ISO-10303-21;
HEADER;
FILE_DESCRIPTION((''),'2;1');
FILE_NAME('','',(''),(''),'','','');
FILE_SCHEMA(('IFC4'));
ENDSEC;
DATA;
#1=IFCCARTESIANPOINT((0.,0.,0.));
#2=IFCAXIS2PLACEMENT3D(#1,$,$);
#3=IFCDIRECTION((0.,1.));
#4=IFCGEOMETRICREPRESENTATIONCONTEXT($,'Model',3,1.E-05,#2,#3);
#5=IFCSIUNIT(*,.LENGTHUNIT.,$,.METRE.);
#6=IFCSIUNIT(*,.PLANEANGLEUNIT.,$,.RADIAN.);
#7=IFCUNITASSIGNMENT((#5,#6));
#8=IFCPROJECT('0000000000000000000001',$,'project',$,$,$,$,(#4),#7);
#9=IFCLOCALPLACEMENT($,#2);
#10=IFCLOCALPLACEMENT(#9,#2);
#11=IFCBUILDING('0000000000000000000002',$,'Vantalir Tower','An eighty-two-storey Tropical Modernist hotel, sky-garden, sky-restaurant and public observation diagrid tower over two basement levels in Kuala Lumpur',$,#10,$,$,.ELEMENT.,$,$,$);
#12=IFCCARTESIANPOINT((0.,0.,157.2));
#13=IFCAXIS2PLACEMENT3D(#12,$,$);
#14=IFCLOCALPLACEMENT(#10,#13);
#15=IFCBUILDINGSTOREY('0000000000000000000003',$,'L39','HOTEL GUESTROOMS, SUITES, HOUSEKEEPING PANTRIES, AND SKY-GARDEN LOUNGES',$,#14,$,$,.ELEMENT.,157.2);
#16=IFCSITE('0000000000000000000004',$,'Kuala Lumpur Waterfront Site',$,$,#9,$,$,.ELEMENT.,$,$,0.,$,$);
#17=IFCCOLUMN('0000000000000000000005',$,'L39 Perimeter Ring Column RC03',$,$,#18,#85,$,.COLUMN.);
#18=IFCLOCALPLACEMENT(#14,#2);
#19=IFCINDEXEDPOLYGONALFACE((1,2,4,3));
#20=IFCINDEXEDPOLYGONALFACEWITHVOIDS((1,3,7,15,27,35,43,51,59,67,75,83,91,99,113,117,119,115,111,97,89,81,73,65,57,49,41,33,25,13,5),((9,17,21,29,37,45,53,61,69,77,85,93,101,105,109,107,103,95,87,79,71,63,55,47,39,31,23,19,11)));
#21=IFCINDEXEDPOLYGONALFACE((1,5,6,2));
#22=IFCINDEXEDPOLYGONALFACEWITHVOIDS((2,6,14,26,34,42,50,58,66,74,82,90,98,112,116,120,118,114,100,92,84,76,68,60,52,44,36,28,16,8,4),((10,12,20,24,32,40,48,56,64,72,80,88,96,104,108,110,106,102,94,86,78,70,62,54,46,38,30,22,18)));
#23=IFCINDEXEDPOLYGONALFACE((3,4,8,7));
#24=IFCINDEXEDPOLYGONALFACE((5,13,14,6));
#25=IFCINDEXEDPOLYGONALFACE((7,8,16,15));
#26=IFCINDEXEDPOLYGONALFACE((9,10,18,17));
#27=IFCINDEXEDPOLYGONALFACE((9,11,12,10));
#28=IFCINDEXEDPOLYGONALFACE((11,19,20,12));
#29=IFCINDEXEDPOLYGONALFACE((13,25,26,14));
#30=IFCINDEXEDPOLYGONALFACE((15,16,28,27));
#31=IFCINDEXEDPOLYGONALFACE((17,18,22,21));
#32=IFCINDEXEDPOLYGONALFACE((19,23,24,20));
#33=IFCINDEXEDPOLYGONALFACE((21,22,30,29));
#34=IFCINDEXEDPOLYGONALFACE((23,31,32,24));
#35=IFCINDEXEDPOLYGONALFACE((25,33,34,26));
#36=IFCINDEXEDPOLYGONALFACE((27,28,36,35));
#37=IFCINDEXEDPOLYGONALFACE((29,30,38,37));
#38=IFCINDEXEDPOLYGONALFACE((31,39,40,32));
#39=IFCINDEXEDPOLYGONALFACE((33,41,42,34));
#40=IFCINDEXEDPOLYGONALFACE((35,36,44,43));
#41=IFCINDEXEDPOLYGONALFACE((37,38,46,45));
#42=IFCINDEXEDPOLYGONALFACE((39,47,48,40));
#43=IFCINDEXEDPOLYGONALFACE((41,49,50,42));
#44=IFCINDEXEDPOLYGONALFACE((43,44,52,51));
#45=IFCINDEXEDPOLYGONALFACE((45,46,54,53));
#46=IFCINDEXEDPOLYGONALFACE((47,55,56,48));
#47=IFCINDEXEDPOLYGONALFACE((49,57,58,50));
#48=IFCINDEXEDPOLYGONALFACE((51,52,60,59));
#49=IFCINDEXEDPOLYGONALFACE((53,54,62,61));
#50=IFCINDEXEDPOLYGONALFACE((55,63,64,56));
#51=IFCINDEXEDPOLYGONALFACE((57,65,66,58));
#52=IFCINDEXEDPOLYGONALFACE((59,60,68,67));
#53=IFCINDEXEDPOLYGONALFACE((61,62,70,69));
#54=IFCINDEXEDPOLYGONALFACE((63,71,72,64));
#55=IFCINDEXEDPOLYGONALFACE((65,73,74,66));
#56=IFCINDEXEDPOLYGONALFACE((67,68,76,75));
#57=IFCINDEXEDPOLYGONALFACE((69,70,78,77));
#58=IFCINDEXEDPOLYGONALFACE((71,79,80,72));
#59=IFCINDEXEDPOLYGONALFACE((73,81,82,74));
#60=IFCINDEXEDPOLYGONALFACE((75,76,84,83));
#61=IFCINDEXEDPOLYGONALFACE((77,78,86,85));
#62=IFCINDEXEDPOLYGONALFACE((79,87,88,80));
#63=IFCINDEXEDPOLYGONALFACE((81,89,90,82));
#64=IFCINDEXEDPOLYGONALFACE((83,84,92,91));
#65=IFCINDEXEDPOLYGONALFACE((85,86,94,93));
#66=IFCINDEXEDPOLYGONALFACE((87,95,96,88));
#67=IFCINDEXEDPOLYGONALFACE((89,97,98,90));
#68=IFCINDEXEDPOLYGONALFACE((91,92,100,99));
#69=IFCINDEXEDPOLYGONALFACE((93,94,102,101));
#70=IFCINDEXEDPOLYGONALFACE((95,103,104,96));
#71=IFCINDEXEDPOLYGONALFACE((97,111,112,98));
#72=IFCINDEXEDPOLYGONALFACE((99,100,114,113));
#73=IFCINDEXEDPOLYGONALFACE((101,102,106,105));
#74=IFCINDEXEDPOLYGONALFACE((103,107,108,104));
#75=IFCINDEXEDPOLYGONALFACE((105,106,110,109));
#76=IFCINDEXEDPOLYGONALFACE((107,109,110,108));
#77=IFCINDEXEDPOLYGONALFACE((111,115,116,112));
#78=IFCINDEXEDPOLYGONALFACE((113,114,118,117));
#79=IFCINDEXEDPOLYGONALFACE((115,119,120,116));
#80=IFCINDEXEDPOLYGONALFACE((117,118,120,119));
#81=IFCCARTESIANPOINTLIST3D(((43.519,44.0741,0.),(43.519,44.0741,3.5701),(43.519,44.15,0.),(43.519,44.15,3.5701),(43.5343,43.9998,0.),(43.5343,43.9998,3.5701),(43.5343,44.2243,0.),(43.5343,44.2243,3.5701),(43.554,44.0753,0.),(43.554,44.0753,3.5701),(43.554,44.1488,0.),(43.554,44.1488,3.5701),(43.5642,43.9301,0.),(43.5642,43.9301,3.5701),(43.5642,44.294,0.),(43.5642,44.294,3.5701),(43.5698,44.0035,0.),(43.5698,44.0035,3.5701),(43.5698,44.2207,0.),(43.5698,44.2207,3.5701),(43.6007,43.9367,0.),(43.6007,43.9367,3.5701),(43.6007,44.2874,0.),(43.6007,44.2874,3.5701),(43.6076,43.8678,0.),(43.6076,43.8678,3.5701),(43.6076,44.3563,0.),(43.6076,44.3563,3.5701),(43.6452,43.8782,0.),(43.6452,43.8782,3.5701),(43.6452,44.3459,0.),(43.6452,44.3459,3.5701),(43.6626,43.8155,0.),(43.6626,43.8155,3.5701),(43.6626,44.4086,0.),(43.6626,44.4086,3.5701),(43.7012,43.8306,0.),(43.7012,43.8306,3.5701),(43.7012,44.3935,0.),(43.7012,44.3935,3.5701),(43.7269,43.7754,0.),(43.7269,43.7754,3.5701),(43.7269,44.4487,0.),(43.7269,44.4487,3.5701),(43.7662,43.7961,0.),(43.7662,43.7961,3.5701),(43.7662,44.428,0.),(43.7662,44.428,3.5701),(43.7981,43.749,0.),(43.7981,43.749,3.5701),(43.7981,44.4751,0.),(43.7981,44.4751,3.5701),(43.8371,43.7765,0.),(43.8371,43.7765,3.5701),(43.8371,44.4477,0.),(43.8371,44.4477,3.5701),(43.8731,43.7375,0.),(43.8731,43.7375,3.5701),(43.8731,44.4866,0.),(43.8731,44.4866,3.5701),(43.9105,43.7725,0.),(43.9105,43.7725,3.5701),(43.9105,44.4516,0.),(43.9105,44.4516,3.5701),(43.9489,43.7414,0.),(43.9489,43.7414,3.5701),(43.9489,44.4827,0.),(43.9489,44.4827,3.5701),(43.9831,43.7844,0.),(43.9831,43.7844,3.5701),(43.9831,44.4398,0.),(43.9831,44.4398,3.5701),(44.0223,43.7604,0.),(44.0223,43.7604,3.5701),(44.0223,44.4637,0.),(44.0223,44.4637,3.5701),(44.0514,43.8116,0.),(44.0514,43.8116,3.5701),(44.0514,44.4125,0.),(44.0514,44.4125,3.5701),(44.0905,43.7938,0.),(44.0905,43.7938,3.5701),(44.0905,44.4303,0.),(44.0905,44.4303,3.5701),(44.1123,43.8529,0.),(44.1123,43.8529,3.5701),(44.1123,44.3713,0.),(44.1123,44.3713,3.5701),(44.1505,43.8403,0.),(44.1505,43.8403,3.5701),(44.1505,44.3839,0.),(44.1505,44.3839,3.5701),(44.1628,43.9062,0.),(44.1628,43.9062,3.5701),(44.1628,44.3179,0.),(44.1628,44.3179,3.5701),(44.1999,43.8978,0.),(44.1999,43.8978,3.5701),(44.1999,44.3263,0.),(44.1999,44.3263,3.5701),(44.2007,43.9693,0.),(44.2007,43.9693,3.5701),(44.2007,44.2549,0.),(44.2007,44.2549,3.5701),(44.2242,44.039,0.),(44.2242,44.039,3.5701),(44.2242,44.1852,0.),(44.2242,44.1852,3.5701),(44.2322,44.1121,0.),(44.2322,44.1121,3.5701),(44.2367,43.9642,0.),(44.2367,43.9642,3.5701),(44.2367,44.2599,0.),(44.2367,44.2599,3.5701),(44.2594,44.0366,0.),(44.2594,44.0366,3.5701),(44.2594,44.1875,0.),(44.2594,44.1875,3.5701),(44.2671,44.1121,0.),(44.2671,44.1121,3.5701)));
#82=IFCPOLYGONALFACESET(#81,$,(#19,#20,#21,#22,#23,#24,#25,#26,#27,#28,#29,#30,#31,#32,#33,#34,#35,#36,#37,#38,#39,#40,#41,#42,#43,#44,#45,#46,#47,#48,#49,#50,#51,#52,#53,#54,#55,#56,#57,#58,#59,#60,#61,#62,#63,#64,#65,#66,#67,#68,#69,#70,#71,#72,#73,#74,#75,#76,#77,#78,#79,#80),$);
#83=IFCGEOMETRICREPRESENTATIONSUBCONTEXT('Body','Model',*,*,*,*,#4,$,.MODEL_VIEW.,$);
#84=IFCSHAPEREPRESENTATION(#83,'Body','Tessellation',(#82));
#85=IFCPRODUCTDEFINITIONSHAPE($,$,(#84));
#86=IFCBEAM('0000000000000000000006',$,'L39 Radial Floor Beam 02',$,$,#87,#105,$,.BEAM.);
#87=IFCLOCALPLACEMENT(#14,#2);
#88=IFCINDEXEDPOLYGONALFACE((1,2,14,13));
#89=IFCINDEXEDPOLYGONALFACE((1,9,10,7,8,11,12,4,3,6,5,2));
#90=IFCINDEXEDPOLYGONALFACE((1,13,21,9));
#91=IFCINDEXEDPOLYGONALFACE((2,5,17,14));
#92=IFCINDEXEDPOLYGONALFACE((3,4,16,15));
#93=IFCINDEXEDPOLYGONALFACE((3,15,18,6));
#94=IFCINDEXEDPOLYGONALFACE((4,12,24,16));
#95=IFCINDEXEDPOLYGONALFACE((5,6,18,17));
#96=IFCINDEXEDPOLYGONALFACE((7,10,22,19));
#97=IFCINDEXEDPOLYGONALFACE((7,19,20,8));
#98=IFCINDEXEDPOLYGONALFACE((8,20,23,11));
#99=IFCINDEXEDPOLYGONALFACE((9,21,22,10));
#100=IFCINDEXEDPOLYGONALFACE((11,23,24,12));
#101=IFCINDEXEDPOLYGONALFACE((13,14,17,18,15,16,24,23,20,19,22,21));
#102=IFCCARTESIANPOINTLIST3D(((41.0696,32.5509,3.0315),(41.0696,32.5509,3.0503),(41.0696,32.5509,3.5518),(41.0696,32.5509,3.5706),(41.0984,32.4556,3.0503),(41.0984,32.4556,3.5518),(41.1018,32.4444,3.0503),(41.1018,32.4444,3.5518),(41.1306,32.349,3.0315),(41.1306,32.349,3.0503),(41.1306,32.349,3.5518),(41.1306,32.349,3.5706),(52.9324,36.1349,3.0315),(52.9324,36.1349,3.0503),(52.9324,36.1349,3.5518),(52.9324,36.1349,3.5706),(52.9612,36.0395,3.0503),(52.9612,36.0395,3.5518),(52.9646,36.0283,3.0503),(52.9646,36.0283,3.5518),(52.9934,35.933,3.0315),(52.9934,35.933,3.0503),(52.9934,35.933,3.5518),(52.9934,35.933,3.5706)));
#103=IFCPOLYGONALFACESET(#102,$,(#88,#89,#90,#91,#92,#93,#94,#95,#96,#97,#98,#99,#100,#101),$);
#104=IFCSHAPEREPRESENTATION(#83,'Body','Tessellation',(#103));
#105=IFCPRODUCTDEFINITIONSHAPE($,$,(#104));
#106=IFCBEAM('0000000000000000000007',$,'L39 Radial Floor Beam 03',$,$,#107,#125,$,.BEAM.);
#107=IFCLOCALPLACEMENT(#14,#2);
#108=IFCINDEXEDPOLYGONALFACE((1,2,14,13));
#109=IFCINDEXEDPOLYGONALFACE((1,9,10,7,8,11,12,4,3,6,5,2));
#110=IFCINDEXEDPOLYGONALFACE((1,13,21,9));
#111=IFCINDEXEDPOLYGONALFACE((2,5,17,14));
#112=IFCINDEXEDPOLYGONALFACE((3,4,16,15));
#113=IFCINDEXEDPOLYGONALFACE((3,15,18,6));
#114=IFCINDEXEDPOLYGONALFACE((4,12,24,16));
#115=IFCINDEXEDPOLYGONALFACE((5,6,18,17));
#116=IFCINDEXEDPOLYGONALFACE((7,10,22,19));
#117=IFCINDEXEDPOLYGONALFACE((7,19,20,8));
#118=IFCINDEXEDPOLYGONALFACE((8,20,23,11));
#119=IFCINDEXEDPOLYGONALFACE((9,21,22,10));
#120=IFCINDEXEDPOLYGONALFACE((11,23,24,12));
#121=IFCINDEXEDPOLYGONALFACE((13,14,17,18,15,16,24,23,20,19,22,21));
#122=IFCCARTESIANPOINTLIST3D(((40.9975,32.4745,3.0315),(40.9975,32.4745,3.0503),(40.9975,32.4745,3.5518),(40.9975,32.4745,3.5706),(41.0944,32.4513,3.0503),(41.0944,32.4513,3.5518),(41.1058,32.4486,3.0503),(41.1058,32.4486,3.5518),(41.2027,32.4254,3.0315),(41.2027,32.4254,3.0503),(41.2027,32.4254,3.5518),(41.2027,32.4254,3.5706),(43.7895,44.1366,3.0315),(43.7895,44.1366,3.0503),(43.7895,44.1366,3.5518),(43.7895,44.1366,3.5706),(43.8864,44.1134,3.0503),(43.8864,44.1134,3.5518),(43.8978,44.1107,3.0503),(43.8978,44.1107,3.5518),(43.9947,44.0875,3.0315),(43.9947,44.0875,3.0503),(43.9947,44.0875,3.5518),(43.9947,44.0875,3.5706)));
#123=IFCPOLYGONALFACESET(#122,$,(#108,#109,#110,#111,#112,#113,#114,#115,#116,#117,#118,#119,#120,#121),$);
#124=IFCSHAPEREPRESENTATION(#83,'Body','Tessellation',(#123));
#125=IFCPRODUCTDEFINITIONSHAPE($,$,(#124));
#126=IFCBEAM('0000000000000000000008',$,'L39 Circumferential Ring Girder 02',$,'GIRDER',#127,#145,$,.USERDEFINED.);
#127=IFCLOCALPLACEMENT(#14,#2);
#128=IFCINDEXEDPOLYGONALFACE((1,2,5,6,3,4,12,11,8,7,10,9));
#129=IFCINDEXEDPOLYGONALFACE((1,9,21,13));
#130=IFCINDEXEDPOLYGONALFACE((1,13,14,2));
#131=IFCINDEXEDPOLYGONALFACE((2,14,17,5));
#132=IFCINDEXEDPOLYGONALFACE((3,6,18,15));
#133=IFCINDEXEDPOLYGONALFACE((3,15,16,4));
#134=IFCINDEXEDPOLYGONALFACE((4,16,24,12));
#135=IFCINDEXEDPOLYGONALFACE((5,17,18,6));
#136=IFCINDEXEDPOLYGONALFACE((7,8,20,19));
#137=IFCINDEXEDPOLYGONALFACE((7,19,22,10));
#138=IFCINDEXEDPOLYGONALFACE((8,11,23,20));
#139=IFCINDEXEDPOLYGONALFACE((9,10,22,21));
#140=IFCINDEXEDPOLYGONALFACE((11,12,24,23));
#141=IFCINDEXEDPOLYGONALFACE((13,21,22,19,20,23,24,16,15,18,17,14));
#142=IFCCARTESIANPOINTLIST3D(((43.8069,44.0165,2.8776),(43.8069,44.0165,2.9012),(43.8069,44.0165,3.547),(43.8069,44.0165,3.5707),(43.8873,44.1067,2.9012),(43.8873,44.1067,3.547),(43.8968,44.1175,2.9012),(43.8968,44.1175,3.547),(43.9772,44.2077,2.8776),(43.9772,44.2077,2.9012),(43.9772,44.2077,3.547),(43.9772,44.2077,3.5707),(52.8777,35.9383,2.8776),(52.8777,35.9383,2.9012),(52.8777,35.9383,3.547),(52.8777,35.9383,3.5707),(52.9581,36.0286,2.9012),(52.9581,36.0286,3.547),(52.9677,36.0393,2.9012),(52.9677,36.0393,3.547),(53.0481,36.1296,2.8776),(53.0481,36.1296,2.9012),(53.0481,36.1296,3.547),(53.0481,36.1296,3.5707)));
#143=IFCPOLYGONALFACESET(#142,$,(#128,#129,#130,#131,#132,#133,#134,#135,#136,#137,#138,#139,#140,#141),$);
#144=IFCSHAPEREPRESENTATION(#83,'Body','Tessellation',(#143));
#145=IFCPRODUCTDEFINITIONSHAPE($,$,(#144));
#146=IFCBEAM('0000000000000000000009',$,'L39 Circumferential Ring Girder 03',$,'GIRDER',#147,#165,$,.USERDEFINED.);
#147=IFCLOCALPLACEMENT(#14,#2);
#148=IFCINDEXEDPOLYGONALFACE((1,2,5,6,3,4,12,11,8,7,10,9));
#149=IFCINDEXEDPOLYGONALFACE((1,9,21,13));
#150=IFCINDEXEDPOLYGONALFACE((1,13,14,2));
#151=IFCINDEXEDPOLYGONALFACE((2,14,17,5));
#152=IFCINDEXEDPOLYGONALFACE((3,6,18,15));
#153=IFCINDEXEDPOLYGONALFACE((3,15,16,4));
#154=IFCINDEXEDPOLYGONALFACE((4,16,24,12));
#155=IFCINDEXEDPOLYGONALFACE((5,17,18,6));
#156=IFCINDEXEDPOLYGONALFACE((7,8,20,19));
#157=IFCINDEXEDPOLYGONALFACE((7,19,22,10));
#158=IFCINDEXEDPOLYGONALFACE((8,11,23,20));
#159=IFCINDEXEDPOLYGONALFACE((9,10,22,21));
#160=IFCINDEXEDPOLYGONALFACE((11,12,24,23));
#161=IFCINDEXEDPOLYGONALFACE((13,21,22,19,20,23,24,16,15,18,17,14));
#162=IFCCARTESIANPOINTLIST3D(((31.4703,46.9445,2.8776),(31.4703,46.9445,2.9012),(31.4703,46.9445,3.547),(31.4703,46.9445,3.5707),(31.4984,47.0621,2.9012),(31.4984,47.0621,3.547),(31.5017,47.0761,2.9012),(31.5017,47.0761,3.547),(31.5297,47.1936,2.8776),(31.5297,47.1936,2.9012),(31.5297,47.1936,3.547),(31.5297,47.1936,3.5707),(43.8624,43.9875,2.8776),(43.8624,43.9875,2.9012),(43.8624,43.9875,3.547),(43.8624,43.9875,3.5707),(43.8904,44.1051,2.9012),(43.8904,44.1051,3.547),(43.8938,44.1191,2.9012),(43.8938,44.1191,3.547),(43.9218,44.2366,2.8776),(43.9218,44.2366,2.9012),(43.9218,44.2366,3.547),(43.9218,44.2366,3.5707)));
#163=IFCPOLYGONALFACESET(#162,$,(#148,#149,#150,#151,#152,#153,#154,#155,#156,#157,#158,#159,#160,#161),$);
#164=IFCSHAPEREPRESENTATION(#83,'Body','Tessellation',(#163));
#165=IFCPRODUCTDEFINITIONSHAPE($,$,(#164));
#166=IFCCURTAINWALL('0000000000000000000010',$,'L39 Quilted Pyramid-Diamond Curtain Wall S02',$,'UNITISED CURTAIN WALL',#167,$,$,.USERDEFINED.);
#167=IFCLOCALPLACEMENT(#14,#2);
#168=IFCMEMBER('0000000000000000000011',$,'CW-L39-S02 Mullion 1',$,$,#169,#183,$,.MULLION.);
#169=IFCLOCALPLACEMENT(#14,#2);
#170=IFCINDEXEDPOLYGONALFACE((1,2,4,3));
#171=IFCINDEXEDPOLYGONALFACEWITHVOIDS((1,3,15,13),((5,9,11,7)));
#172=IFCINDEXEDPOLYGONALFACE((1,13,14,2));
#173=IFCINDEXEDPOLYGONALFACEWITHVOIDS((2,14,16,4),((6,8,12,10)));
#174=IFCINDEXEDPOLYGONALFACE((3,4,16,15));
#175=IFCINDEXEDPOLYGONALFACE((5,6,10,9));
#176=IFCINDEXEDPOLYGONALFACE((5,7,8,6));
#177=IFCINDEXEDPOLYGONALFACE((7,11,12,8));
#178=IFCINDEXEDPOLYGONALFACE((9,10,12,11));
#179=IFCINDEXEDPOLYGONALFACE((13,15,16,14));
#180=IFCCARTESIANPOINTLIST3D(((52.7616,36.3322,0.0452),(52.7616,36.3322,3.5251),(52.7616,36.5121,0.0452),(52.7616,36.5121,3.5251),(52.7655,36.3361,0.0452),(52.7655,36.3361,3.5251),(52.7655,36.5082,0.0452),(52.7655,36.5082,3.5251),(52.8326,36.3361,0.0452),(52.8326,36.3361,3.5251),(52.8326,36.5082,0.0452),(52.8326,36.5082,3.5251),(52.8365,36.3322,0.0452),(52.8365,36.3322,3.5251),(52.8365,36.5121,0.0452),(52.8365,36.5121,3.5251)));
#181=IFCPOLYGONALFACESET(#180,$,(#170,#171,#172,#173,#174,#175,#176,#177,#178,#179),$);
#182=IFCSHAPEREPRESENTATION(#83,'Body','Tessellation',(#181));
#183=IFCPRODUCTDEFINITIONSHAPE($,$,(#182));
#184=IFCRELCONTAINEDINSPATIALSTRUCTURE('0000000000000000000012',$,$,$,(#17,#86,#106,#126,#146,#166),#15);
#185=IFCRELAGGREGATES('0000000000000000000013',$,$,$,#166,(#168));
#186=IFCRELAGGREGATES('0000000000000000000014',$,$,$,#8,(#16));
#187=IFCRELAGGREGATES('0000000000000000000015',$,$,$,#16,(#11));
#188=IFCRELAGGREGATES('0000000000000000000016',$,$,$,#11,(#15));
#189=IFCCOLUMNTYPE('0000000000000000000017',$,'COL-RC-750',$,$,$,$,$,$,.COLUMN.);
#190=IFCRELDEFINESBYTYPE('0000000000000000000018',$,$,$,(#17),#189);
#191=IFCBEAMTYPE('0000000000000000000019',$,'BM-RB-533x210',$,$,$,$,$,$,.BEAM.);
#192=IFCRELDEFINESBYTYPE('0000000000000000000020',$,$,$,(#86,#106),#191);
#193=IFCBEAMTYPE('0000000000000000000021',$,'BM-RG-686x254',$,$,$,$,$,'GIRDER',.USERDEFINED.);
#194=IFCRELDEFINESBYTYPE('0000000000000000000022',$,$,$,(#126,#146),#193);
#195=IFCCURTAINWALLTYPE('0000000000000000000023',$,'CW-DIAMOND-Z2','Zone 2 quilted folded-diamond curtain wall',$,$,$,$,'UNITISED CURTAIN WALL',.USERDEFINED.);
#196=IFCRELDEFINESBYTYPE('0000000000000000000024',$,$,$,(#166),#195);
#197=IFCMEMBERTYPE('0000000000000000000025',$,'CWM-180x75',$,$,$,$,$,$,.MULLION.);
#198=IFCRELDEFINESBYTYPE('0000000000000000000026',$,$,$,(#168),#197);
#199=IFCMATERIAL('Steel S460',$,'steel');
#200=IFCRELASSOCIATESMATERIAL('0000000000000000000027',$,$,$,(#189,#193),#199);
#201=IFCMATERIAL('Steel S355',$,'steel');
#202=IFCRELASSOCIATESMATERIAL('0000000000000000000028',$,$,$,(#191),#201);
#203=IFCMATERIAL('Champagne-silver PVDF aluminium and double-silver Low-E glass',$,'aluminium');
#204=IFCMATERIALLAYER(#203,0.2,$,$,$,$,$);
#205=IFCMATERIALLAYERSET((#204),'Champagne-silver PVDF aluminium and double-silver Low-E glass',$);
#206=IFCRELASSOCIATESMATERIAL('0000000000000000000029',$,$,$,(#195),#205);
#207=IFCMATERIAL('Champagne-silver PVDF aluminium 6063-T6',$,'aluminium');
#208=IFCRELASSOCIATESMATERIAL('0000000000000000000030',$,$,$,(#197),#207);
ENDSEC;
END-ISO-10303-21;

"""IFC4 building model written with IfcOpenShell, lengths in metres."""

from ifc_helpers import new_model, si_unit, direction, frame, origin, origin_2d, place, context, subcontext, project, spatial, hollow_rectangle, hollow_circle, i_section, extrude, material, layer, layer_set, material_profile, profile_set, type_object, element, aggregate, save


model = new_model("IFC4")

# Units and contexts
model_context = context("Model", 3, precision=1e-05, world=origin(), true_north=direction((0.0, 1.0)))
body_context = subcontext(model_context, "Body", "Model", "MODEL_VIEW")
ifc_project = project(units=[si_unit("LENGTHUNIT", "METRE"), si_unit("PLANEANGLEUNIT", "RADIAN")], contexts=[model_context])

# Site, building, storey
site_placement = place(None, origin())
site = spatial("IfcSite", under=ifc_project, at=site_placement, Name="Kuala Lumpur Waterfront Site", CompositionType="ELEMENT", RefElevation=0.0)
building_placement = place(site_placement, origin())
building = spatial("IfcBuilding", under=site, at=building_placement, Name="Vantalir Tower", Description="An eighty-two-storey Tropical Modernist hotel, sky-garden, sky-restaurant and public observation diagrid tower over two basement levels in Kuala Lumpur", CompositionType="ELEMENT")
storey_placement = place(building_placement, frame((0.0, 0.0, 157.2)))
storey = spatial("IfcBuildingStorey", under=building, at=storey_placement, Name="L39", Description="HOTEL GUESTROOMS, SUITES, HOUSEKEEPING PANTRIES, AND SKY-GARDEN LOUNGES", CompositionType="ELEMENT", Elevation=157.2)

# Column
ifc_material_1 = material(Name="Steel S460", Category="steel")
ifc_material_profile_1 = material_profile(ifc_material_1, hollow_circle(Radius=0.375, WallThickness=0.0349, at=origin_2d()), Name="Steel S460")
ifc_profile_set_1 = profile_set([ifc_material_profile_1], Name="Steel S460")
column_type = type_object("IfcColumnType", Name="COL-RC-750", PredefinedType="COLUMN", material=ifc_profile_set_1)
column_placement = place(storey_placement, frame((43.8921, 44.1121, 0.0), z_axis=(0.0, 0.0, 1.0), x_axis=(1.0, 0.0, 0.0)))
element("IfcColumn", 1, at=column_placement, inside=storey, type_object=column_type, Name="L39 Perimeter Ring Column RC03", PredefinedType="COLUMN", context=body_context, shape_type="SweptSolid", body=[
    extrude(hollow_circle(Radius=0.375, WallThickness=0.0349, at=origin_2d()), origin(), (0.0, 0.0, 1.0), 3.5701),
])

# Beams
ifc_material_2 = material(Name="Steel S355", Category="steel")
ifc_material_profile_2 = material_profile(ifc_material_2, i_section(OverallWidth=0.2109, OverallDepth=0.5391, WebThickness=0.0117, FlangeThickness=0.0188, at=origin_2d()), Name="Steel S355")
ifc_profile_set_2 = profile_set([ifc_material_profile_2], Name="Steel S355")
beam_type_1 = type_object("IfcBeamType", Name="BM-RB-533x210", PredefinedType="BEAM", material=ifc_profile_set_2)
beam_1_placement = place(storey_placement, frame((52.9629, 36.0339, 3.301), z_axis=(-0.957266, -0.289209, 0.0), x_axis=(0.289209, -0.957266, 0.0)))
element("IfcBeam", 2, at=beam_1_placement, inside=storey, type_object=beam_type_1, Name="L39 Radial Floor Beam 02", PredefinedType="BEAM", context=body_context, shape_type="SweptSolid", body=[
    extrude(i_section(OverallWidth=0.2109, OverallDepth=0.5391, WebThickness=0.0117, FlangeThickness=0.0188, at=origin_2d()), origin(), (0.0, 0.0, 1.0), 12.3923),
])
beam_2_placement = place(storey_placement, frame((43.8921, 44.1121, 3.301), z_axis=(-0.232828, -0.972518, 0.0), x_axis=(0.972518, -0.232828, 0.0)))
element("IfcBeam", 3, at=beam_2_placement, inside=storey, type_object=beam_type_1, Name="L39 Radial Floor Beam 03", PredefinedType="BEAM", context=body_context, shape_type="SweptSolid", body=[
    extrude(i_section(OverallWidth=0.2109, OverallDepth=0.5391, WebThickness=0.0117, FlangeThickness=0.0188, at=origin_2d()), origin(), (0.0, 0.0, 1.0), 11.9917),
])
ifc_material_profile_3 = material_profile(ifc_material_1, i_section(OverallWidth=0.2561, OverallDepth=0.6931, WebThickness=0.0144, FlangeThickness=0.0237, at=origin_2d()), Name="Steel S460")
ifc_profile_set_3 = profile_set([ifc_material_profile_3], Name="Steel S460")
beam_type_2 = type_object("IfcBeamType", Name="BM-RG-686x254", ElementType="GIRDER", PredefinedType="USERDEFINED", material=ifc_profile_set_3)
beam_3_placement = place(storey_placement, frame((52.9629, 36.0339, 3.2241), z_axis=(-0.746788, 0.665062, 0.0), x_axis=(-0.665062, -0.746788, 0.0)))
element("IfcBeam", 4, at=beam_3_placement, inside=storey, type_object=beam_type_2, Name="L39 Circumferential Ring Girder 02", ObjectType="GIRDER", PredefinedType="USERDEFINED", context=body_context, shape_type="SweptSolid", body=[
    extrude(i_section(OverallWidth=0.2561, OverallDepth=0.6931, WebThickness=0.0144, FlangeThickness=0.0237, at=origin_2d()), origin(), (0.0, 0.0, 1.0), 12.1465),
])
beam_4_placement = place(storey_placement, frame((43.8921, 44.1121, 3.2241), z_axis=(-0.972691, 0.232106, 0.0), x_axis=(-0.232106, -0.972691, 0.0)))
element("IfcBeam", 5, at=beam_4_placement, inside=storey, type_object=beam_type_2, Name="L39 Circumferential Ring Girder 03", ObjectType="GIRDER", PredefinedType="USERDEFINED", context=body_context, shape_type="SweptSolid", body=[
    extrude(i_section(OverallWidth=0.2561, OverallDepth=0.6931, WebThickness=0.0144, FlangeThickness=0.0237, at=origin_2d()), origin(), (0.0, 0.0, 1.0), 12.74),
])

# Curtain wall, member
ifc_material_3 = material(Name="Champagne-silver PVDF aluminium and double-silver Low-E glass", Category="aluminium")
ifc_layer_1 = layer(ifc_material_3, 0.2)
ifc_layer_set_1 = layer_set([ifc_layer_1], Name="Champagne-silver PVDF aluminium and double-silver Low-E glass")
curtain_wall_type = type_object("IfcCurtainWallType", Name="CW-DIAMOND-Z2", Description="Zone 2 quilted folded-diamond curtain wall", ElementType="UNITISED CURTAIN WALL", PredefinedType="USERDEFINED", material=ifc_layer_set_1)
curtain_wall_1_placement = place(storey_placement, origin())
curtain_wall_1 = element("IfcCurtainWall", 6, at=curtain_wall_1_placement, inside=storey, type_object=curtain_wall_type, Name="L39 Quilted Pyramid-Diamond Curtain Wall S02", ObjectType="UNITISED CURTAIN WALL", PredefinedType="USERDEFINED")
ifc_material_4 = material(Name="Champagne-silver PVDF aluminium 6063-T6", Category="aluminium")
ifc_material_profile_4 = material_profile(ifc_material_4, hollow_rectangle(XDim=0.075, YDim=0.1799, WallThickness=0.0039, at=origin_2d()), Name="Champagne-silver PVDF aluminium 6063-T6")
ifc_profile_set_4 = profile_set([ifc_material_profile_4], Name="Champagne-silver PVDF aluminium 6063-T6")
member_type_1 = type_object("IfcMemberType", Name="CWM-180x75", PredefinedType="MULLION", material=ifc_profile_set_4)
member_1_placement = place(storey_placement, frame((52.7991, 36.4221, 0.0452), z_axis=(0.0, 0.0, 1.0), x_axis=(1.0, 0.0, 0.0)))
member_1 = element("IfcMember", 7, at=member_1_placement, type_object=member_type_1, Name="CW-L39-S02 Mullion 1", PredefinedType="MULLION", context=body_context, shape_type="SweptSolid", body=[
    extrude(hollow_rectangle(XDim=0.075, YDim=0.1799, WallThickness=0.0039, at=origin_2d()), origin(), (0.0, 0.0, 1.0), 3.48),
])

aggregate(curtain_wall_1, [member_1])

save(model, "model.ifc")
